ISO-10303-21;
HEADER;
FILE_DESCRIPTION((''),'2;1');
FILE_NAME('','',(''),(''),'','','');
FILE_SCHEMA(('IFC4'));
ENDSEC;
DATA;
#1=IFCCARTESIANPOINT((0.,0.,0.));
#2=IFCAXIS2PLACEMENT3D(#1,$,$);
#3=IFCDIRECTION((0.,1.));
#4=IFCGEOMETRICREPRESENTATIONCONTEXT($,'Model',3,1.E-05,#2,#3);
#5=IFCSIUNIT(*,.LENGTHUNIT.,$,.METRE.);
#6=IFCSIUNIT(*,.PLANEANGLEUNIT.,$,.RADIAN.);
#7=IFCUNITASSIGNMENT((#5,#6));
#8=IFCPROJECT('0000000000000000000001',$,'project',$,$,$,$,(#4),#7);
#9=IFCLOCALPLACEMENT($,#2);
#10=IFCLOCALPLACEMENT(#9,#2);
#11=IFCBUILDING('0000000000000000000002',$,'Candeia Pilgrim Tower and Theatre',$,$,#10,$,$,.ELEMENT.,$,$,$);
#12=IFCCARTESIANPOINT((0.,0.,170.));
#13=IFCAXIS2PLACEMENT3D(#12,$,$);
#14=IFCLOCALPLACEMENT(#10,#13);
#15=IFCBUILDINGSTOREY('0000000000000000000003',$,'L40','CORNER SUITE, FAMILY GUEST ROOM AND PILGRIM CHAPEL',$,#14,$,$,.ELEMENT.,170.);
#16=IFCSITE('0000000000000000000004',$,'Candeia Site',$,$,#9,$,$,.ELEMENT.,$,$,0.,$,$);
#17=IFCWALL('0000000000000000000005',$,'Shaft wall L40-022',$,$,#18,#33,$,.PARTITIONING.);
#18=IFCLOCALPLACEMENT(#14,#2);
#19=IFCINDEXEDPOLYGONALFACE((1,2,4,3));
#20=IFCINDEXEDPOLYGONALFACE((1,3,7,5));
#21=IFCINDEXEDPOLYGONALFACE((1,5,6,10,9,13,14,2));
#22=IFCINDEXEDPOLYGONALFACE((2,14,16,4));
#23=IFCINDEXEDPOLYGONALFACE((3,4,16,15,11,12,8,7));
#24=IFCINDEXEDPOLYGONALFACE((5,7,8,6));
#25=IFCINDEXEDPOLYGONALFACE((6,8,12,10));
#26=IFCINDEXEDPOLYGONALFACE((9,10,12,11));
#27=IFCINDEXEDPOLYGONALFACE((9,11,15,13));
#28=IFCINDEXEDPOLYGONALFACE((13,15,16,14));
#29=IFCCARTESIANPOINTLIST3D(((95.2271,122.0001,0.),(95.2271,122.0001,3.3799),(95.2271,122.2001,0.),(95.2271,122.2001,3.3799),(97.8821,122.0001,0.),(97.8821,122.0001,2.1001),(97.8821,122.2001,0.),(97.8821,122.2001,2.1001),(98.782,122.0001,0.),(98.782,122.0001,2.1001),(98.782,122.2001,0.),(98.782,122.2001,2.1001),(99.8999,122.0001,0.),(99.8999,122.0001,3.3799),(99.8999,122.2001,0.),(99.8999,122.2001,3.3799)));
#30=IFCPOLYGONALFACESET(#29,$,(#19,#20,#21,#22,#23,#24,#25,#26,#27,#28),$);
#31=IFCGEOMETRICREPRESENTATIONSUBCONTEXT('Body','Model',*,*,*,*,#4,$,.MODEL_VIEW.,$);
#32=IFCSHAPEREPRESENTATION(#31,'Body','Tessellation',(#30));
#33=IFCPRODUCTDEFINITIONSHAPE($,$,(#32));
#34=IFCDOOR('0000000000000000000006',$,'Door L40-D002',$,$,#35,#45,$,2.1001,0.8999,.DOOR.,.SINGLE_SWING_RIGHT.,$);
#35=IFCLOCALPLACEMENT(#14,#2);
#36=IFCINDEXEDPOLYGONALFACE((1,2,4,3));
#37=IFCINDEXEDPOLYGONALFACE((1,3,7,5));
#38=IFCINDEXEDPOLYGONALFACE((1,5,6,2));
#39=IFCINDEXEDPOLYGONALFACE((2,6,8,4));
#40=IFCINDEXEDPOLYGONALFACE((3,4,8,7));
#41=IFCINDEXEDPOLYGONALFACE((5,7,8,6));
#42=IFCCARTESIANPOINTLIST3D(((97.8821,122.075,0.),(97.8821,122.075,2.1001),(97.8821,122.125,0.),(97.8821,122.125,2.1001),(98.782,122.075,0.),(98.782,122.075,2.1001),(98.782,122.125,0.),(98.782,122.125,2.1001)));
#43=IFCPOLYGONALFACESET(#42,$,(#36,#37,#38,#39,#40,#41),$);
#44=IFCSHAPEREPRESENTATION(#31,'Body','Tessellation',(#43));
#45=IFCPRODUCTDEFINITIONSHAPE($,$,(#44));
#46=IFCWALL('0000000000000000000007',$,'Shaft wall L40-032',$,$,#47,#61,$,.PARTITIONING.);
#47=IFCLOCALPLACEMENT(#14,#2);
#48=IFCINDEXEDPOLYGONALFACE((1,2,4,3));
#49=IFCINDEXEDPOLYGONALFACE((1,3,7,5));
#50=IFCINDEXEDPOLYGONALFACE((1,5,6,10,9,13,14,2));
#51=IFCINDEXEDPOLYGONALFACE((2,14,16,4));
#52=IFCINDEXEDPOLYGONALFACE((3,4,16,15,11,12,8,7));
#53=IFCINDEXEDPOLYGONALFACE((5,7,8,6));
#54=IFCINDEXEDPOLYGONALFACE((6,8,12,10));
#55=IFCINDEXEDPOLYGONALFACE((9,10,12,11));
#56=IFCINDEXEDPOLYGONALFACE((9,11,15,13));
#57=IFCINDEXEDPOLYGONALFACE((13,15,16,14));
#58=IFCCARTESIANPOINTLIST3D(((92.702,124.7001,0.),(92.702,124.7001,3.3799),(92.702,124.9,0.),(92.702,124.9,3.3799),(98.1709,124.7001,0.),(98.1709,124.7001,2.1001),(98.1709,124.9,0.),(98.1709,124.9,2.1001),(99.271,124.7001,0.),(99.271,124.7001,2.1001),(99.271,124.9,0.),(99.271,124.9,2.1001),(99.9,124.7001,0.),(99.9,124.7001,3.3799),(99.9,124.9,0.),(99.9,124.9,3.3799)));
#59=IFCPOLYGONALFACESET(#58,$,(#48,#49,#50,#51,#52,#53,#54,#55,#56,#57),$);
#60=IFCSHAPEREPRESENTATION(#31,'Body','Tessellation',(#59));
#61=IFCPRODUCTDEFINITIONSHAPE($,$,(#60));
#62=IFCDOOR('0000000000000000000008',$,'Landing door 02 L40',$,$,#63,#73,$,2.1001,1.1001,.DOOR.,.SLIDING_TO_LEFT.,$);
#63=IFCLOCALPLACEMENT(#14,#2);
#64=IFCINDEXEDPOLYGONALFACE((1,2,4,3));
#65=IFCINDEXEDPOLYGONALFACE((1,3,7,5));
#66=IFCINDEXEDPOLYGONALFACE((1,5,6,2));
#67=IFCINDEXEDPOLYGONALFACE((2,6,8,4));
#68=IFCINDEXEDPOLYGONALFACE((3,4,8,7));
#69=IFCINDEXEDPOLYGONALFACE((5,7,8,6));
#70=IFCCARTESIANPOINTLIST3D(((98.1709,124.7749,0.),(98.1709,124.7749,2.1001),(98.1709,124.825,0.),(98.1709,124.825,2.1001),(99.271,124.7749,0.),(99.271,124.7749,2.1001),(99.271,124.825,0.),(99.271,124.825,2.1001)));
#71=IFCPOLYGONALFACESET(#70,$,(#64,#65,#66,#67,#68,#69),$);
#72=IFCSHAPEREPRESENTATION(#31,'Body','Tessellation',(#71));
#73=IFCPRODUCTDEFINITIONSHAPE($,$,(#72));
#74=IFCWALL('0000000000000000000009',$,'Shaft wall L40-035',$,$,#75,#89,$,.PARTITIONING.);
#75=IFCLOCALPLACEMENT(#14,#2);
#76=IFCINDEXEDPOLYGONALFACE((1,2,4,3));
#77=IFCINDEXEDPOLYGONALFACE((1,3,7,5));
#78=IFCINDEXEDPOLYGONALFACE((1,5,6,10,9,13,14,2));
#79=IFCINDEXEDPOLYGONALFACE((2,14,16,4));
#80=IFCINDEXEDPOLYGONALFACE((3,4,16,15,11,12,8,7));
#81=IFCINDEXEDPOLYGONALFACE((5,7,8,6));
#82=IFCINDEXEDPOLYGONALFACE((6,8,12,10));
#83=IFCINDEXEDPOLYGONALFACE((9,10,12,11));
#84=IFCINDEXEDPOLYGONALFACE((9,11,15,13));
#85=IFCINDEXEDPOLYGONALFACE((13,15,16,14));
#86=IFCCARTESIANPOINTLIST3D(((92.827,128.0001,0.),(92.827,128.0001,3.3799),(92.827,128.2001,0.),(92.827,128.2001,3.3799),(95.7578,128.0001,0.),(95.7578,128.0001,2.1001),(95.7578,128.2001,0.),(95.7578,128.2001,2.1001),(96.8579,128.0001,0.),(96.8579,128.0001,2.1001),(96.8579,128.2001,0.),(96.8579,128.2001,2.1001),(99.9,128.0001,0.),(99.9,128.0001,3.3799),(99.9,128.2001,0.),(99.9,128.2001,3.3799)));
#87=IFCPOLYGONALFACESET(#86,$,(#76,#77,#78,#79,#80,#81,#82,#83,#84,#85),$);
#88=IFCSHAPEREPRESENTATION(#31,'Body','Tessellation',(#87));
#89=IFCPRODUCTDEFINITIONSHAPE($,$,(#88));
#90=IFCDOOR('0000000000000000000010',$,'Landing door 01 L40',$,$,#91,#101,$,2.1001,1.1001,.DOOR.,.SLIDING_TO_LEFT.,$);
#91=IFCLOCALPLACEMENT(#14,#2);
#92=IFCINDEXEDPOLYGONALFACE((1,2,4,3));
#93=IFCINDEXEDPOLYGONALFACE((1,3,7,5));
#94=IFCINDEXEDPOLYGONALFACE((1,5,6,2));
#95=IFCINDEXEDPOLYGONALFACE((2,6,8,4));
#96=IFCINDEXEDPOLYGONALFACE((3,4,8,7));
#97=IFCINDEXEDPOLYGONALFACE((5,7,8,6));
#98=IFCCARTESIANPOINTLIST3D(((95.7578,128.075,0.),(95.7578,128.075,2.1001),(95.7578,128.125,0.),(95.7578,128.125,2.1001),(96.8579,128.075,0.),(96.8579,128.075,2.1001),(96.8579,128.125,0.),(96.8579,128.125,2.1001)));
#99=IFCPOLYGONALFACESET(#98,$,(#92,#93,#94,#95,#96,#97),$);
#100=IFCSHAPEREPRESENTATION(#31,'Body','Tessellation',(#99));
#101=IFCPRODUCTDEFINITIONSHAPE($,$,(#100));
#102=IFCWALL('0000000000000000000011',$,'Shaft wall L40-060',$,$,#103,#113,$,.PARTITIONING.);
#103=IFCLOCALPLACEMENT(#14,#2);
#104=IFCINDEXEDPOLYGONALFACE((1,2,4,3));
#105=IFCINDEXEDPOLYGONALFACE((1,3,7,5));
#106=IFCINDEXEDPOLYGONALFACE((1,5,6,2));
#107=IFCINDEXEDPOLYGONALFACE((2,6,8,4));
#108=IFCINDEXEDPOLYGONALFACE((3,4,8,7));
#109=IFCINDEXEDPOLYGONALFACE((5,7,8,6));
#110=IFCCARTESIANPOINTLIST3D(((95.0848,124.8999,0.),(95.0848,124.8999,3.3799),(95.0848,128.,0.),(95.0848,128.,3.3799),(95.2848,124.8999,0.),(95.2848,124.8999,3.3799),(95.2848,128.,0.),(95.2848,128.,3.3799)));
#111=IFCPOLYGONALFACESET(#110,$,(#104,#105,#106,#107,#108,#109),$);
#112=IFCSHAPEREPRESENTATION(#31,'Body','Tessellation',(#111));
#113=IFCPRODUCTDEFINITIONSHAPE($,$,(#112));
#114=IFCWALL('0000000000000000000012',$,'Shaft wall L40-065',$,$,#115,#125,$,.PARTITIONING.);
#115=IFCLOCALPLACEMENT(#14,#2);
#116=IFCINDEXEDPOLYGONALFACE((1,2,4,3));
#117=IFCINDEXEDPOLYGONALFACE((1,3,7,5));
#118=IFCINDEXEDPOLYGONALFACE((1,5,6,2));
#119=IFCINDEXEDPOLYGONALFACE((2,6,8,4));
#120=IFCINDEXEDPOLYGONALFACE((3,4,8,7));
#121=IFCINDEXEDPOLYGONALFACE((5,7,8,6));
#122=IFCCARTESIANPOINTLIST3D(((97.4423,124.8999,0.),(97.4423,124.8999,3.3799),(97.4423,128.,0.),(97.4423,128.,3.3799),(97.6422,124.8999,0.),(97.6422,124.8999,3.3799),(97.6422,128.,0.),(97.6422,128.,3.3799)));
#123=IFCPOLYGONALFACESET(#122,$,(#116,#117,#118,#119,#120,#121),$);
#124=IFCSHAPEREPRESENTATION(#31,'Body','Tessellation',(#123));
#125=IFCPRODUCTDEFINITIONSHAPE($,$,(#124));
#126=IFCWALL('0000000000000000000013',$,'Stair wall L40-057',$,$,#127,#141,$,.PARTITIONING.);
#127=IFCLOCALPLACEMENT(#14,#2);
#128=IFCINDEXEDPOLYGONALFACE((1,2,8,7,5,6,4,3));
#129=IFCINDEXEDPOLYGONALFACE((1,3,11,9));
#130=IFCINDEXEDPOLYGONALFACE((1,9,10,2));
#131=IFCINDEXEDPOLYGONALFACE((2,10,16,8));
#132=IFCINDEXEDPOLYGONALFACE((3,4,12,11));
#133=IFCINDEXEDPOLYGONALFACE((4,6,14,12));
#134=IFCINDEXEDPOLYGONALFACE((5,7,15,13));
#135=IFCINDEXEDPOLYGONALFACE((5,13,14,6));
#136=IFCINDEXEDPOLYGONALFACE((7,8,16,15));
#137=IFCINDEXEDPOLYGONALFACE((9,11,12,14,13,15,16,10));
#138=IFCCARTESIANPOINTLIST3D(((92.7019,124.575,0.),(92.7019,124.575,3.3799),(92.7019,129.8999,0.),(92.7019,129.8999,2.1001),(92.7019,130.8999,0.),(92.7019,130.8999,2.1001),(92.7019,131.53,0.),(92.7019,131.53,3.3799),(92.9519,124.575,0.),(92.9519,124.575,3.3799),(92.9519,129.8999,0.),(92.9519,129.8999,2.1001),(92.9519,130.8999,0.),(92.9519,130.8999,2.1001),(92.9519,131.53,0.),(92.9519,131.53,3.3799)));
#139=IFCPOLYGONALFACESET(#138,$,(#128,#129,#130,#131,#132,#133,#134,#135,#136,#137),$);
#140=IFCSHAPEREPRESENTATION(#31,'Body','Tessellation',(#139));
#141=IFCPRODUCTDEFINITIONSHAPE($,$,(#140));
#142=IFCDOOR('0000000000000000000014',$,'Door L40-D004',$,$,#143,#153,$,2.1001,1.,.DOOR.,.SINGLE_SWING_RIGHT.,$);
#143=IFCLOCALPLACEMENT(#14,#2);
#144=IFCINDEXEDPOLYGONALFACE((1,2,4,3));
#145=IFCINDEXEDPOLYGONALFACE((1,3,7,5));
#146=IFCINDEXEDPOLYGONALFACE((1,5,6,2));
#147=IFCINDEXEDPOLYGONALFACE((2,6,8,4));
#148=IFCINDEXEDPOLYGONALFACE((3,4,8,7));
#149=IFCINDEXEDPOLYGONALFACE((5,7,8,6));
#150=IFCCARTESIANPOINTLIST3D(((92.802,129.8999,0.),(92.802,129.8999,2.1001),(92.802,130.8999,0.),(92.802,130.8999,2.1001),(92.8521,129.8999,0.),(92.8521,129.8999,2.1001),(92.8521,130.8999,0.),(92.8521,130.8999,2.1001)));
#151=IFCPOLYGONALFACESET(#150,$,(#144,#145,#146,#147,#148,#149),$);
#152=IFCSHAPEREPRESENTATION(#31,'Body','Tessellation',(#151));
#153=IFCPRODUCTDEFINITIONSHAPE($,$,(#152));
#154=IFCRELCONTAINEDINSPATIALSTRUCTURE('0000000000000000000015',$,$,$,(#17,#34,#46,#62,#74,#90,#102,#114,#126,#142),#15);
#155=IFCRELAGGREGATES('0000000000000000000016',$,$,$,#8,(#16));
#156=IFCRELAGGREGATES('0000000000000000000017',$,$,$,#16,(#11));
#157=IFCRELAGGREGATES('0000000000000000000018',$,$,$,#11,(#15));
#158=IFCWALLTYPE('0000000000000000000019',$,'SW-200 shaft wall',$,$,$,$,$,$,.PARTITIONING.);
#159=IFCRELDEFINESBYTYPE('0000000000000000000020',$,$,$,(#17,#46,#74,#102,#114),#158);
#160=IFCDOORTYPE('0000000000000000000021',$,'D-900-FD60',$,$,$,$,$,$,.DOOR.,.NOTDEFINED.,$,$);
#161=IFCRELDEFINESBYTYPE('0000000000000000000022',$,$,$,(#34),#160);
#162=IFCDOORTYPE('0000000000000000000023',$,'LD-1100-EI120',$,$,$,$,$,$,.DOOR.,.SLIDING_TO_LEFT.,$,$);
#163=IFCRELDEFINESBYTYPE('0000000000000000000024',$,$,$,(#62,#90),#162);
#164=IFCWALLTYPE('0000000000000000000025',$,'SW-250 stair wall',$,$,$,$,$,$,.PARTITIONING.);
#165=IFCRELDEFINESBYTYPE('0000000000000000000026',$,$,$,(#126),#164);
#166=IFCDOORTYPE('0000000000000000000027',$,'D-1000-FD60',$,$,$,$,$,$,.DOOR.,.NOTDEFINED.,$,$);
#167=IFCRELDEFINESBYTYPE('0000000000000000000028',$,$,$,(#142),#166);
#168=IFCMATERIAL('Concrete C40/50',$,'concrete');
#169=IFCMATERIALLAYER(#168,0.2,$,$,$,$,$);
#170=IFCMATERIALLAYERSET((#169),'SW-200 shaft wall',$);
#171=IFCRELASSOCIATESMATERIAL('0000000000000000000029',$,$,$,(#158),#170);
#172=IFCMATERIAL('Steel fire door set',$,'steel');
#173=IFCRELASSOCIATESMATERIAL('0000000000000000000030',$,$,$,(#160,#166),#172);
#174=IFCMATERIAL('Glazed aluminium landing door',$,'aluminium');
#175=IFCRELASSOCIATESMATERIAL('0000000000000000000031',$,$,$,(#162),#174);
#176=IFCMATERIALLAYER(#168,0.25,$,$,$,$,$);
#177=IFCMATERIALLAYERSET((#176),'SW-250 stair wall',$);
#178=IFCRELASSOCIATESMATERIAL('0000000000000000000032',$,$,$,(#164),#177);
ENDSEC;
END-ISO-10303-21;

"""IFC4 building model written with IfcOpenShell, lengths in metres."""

from ifc_helpers import new_model, si_unit, direction, frame, frame_2d, origin, place, context, subcontext, project, spatial, rectangle, extrude, material, layer, layer_set, type_object, element, fill, save


model = new_model("IFC4")

# Units and contexts
model_context = context("Model", 3, precision=1e-05, world=origin(), true_north=direction((0.0, 1.0)))
body_context = subcontext(model_context, "Body", "Model", "MODEL_VIEW")
ifc_project = project(units=[si_unit("LENGTHUNIT", "METRE"), si_unit("PLANEANGLEUNIT", "RADIAN")], contexts=[model_context])

# Site, building, storey
site_placement = place(None, origin())
site = spatial("IfcSite", under=ifc_project, at=site_placement, Name="Candeia Site", CompositionType="ELEMENT", RefElevation=0.0)
building_placement = place(site_placement, origin())
building = spatial("IfcBuilding", under=site, at=building_placement, Name="Candeia Pilgrim Tower and Theatre", CompositionType="ELEMENT")
storey_placement = place(building_placement, frame((0.0, 0.0, 170.0)))
storey = spatial("IfcBuildingStorey", under=building, at=storey_placement, Name="L40", Description="CORNER SUITE, FAMILY GUEST ROOM AND PILGRIM CHAPEL", CompositionType="ELEMENT", Elevation=170.0)

# Shared definitions
ifc_material_1 = material(Name="Steel fire door set", Category="steel")

# Shared definitions
ifc_material_2 = material(Name="Concrete C40/50", Category="concrete")
ifc_layer_1 = layer(ifc_material_2, 0.2)
ifc_layer_set_1 = layer_set([ifc_layer_1], Name="SW-200 shaft wall")
wall_type_1 = type_object("IfcWallType", Name="SW-200 shaft wall", PredefinedType="PARTITIONING", material=ifc_layer_set_1)

# Walls, openings, doors
wall_1_placement = place(storey_placement, frame((95.2271, 122.1001, 0.0), z_axis=(0.0, 0.0, 1.0), x_axis=(1.0, 0.0, 0.0)))
wall_1 = element("IfcWall", 1, at=wall_1_placement, inside=storey, type_object=wall_type_1, Name="Shaft wall L40-022", PredefinedType="PARTITIONING", context=body_context, shape_type="SweptSolid", body=[
    extrude(rectangle(XDim=4.6729, YDim=0.2, at=frame_2d((2.3364, 0.0))), origin(), (0.0, 0.0, 1.0), 3.3799),
])
opening_1_placement = place(wall_1_placement, frame((2.655, 0.0, 0.0)))
opening_1 = element("IfcOpeningElement", 2, at=opening_1_placement, cuts=wall_1, PredefinedType="OPENING", context=body_context, shape_type="SweptSolid", body=[
    extrude(rectangle(XDim=0.8999, YDim=2.1001, at=frame_2d((0.45, 1.05))), frame((0.0, 0.1099, 0.0), z_axis=(0.0, -1.0, 0.0), x_axis=(1.0, 0.0, 0.0)), (0.0, 0.0, 1.0), 0.22),
])
door_type_1 = type_object("IfcDoorType", Name="D-900-FD60", OperationType="NOTDEFINED", PredefinedType="DOOR", material=ifc_material_1)
door_1_placement = place(opening_1_placement, origin())
door_1 = element("IfcDoor", 3, at=door_1_placement, inside=storey, type_object=door_type_1, Name="Door L40-D002", OperationType="SINGLE_SWING_RIGHT", OverallHeight=2.1001, OverallWidth=0.8999, PredefinedType="DOOR", context=body_context, shape_type="SweptSolid", body=[
    extrude(rectangle(XDim=0.8999, YDim=2.1001, at=frame_2d((0.45, 1.05))), frame((0.0, 0.0249, 0.0), z_axis=(0.0, -1.0, 0.0), x_axis=(1.0, 0.0, 0.0)), (0.0, 0.0, 1.0), 0.05),
])
fill(opening_1, door_1)
wall_2_placement = place(storey_placement, frame((92.7019, 124.8, 0.0), z_axis=(0.0, 0.0, 1.0), x_axis=(1.0, 0.0, 0.0)))
wall_2 = element("IfcWall", 4, at=wall_2_placement, inside=storey, type_object=wall_type_1, Name="Shaft wall L40-032", PredefinedType="PARTITIONING", context=body_context, shape_type="SweptSolid", body=[
    extrude(rectangle(XDim=7.198, YDim=0.2, at=frame_2d((3.5991, 0.0))), origin(), (0.0, 0.0, 1.0), 3.3799),
])
opening_2_placement = place(wall_2_placement, frame((5.469, 0.0, 0.0)))
opening_2 = element("IfcOpeningElement", 5, at=opening_2_placement, cuts=wall_2, PredefinedType="OPENING", context=body_context, shape_type="SweptSolid", body=[
    extrude(rectangle(XDim=1.1001, YDim=2.1001, at=frame_2d((0.55, 1.05))), frame((0.0, 0.1099, 0.0), z_axis=(0.0, -1.0, 0.0), x_axis=(1.0, 0.0, 0.0)), (0.0, 0.0, 1.0), 0.22),
])
ifc_material_3 = material(Name="Glazed aluminium landing door", Category="aluminium")
door_type_2 = type_object("IfcDoorType", Name="LD-1100-EI120", OperationType="SLIDING_TO_LEFT", PredefinedType="DOOR", material=ifc_material_3)
door_2_placement = place(opening_2_placement, origin())
door_2 = element("IfcDoor", 6, at=door_2_placement, inside=storey, type_object=door_type_2, Name="Landing door 02 L40", OperationType="SLIDING_TO_LEFT", OverallHeight=2.1001, OverallWidth=1.1001, PredefinedType="DOOR", context=body_context, shape_type="SweptSolid", body=[
    extrude(rectangle(XDim=1.1001, YDim=2.1001, at=frame_2d((0.55, 1.05))), frame((0.0, 0.0249, 0.0), z_axis=(0.0, -1.0, 0.0), x_axis=(1.0, 0.0, 0.0)), (0.0, 0.0, 1.0), 0.05),
])
fill(opening_2, door_2)
wall_3_placement = place(storey_placement, frame((92.8269, 128.1001, 0.0), z_axis=(0.0, 0.0, 1.0), x_axis=(1.0, 0.0, 0.0)))
wall_3 = element("IfcWall", 7, at=wall_3_placement, inside=storey, type_object=wall_type_1, Name="Shaft wall L40-035", PredefinedType="PARTITIONING", context=body_context, shape_type="SweptSolid", body=[
    extrude(rectangle(XDim=7.073, YDim=0.2, at=frame_2d((3.5366, 0.0))), origin(), (0.0, 0.0, 1.0), 3.3799),
])
opening_3_placement = place(wall_3_placement, frame((2.9309, 0.0, 0.0)))
opening_3 = element("IfcOpeningElement", 8, at=opening_3_placement, cuts=wall_3, PredefinedType="OPENING", context=body_context, shape_type="SweptSolid", body=[
    extrude(rectangle(XDim=1.1001, YDim=2.1001, at=frame_2d((0.55, 1.05))), frame((0.0, 0.1099, 0.0), z_axis=(0.0, -1.0, 0.0), x_axis=(1.0, 0.0, 0.0)), (0.0, 0.0, 1.0), 0.22),
])
door_3_placement = place(opening_3_placement, origin())
door_3 = element("IfcDoor", 9, at=door_3_placement, inside=storey, type_object=door_type_2, Name="Landing door 01 L40", OperationType="SLIDING_TO_LEFT", OverallHeight=2.1001, OverallWidth=1.1001, PredefinedType="DOOR", context=body_context, shape_type="SweptSolid", body=[
    extrude(rectangle(XDim=1.1001, YDim=2.1001, at=frame_2d((0.55, 1.05))), frame((0.0, 0.0249, 0.0), z_axis=(0.0, -1.0, 0.0), x_axis=(1.0, 0.0, 0.0)), (0.0, 0.0, 1.0), 0.05),
])
fill(opening_3, door_3)

# Walls
for number, where, z_axis, x_axis, name in (
    (10, (95.1848, 124.8999, 0.0), (0.0, 0.0, 1.0), (0.0, 1.0, 0.0), "Shaft wall L40-060"),
    (11, (97.5422, 124.8999, 0.0), (0.0, 0.0, 1.0), (0.0, 1.0, 0.0), "Shaft wall L40-065"),
):
    element("IfcWall", number, at=place(storey_placement, frame(where, z_axis=z_axis, x_axis=x_axis)), inside=storey, type_object=wall_type_1, Name=name, PredefinedType="PARTITIONING", context=body_context, shape_type="SweptSolid", body=[
        extrude(rectangle(XDim=3.1001, YDim=0.2, at=frame_2d((1.55, 0.0))), origin(), (0.0, 0.0, 1.0), 3.3799),
    ])

# Wall, opening, door
ifc_layer_2 = layer(ifc_material_2, 0.25)
ifc_layer_set_2 = layer_set([ifc_layer_2], Name="SW-250 stair wall")
wall_type_2 = type_object("IfcWallType", Name="SW-250 stair wall", PredefinedType="PARTITIONING", material=ifc_layer_set_2)
wall_4_placement = place(storey_placement, frame((92.8269, 124.575, 0.0), z_axis=(0.0, 0.0, 1.0), x_axis=(0.0, 1.0, 0.0)))
wall_4 = element("IfcWall", 12, at=wall_4_placement, inside=storey, type_object=wall_type_2, Name="Stair wall L40-057", PredefinedType="PARTITIONING", context=body_context, shape_type="SweptSolid", body=[
    extrude(rectangle(XDim=6.9551, YDim=0.25, at=frame_2d((3.4775, 0.0))), origin(), (0.0, 0.0, 1.0), 3.3799),
])
opening_4_placement = place(wall_4_placement, frame((5.325, 0.0, 0.0)))
opening_4 = element("IfcOpeningElement", 13, at=opening_4_placement, cuts=wall_4, PredefinedType="OPENING", context=body_context, shape_type="SweptSolid", body=[
    extrude(rectangle(XDim=1.0, YDim=2.1001, at=frame_2d((0.5, 1.05))), frame((0.0, 0.135, 0.0), z_axis=(0.0, -1.0, 0.0), x_axis=(1.0, 0.0, 0.0)), (0.0, 0.0, 1.0), 0.27),
])
door_type_3 = type_object("IfcDoorType", Name="D-1000-FD60", OperationType="NOTDEFINED", PredefinedType="DOOR", material=ifc_material_1)
door_4_placement = place(opening_4_placement, origin())
door_4 = element("IfcDoor", 14, at=door_4_placement, inside=storey, type_object=door_type_3, Name="Door L40-D004", OperationType="SINGLE_SWING_RIGHT", OverallHeight=2.1001, OverallWidth=1.0, PredefinedType="DOOR", context=body_context, shape_type="SweptSolid", body=[
    extrude(rectangle(XDim=1.0, YDim=2.1001, at=frame_2d((0.5, 1.05))), frame((0.0, 0.0249, 0.0), z_axis=(0.0, -1.0, 0.0), x_axis=(1.0, 0.0, 0.0)), (0.0, 0.0, 1.0), 0.05),
])
fill(opening_4, door_4)

save(model, "model.ifc")
